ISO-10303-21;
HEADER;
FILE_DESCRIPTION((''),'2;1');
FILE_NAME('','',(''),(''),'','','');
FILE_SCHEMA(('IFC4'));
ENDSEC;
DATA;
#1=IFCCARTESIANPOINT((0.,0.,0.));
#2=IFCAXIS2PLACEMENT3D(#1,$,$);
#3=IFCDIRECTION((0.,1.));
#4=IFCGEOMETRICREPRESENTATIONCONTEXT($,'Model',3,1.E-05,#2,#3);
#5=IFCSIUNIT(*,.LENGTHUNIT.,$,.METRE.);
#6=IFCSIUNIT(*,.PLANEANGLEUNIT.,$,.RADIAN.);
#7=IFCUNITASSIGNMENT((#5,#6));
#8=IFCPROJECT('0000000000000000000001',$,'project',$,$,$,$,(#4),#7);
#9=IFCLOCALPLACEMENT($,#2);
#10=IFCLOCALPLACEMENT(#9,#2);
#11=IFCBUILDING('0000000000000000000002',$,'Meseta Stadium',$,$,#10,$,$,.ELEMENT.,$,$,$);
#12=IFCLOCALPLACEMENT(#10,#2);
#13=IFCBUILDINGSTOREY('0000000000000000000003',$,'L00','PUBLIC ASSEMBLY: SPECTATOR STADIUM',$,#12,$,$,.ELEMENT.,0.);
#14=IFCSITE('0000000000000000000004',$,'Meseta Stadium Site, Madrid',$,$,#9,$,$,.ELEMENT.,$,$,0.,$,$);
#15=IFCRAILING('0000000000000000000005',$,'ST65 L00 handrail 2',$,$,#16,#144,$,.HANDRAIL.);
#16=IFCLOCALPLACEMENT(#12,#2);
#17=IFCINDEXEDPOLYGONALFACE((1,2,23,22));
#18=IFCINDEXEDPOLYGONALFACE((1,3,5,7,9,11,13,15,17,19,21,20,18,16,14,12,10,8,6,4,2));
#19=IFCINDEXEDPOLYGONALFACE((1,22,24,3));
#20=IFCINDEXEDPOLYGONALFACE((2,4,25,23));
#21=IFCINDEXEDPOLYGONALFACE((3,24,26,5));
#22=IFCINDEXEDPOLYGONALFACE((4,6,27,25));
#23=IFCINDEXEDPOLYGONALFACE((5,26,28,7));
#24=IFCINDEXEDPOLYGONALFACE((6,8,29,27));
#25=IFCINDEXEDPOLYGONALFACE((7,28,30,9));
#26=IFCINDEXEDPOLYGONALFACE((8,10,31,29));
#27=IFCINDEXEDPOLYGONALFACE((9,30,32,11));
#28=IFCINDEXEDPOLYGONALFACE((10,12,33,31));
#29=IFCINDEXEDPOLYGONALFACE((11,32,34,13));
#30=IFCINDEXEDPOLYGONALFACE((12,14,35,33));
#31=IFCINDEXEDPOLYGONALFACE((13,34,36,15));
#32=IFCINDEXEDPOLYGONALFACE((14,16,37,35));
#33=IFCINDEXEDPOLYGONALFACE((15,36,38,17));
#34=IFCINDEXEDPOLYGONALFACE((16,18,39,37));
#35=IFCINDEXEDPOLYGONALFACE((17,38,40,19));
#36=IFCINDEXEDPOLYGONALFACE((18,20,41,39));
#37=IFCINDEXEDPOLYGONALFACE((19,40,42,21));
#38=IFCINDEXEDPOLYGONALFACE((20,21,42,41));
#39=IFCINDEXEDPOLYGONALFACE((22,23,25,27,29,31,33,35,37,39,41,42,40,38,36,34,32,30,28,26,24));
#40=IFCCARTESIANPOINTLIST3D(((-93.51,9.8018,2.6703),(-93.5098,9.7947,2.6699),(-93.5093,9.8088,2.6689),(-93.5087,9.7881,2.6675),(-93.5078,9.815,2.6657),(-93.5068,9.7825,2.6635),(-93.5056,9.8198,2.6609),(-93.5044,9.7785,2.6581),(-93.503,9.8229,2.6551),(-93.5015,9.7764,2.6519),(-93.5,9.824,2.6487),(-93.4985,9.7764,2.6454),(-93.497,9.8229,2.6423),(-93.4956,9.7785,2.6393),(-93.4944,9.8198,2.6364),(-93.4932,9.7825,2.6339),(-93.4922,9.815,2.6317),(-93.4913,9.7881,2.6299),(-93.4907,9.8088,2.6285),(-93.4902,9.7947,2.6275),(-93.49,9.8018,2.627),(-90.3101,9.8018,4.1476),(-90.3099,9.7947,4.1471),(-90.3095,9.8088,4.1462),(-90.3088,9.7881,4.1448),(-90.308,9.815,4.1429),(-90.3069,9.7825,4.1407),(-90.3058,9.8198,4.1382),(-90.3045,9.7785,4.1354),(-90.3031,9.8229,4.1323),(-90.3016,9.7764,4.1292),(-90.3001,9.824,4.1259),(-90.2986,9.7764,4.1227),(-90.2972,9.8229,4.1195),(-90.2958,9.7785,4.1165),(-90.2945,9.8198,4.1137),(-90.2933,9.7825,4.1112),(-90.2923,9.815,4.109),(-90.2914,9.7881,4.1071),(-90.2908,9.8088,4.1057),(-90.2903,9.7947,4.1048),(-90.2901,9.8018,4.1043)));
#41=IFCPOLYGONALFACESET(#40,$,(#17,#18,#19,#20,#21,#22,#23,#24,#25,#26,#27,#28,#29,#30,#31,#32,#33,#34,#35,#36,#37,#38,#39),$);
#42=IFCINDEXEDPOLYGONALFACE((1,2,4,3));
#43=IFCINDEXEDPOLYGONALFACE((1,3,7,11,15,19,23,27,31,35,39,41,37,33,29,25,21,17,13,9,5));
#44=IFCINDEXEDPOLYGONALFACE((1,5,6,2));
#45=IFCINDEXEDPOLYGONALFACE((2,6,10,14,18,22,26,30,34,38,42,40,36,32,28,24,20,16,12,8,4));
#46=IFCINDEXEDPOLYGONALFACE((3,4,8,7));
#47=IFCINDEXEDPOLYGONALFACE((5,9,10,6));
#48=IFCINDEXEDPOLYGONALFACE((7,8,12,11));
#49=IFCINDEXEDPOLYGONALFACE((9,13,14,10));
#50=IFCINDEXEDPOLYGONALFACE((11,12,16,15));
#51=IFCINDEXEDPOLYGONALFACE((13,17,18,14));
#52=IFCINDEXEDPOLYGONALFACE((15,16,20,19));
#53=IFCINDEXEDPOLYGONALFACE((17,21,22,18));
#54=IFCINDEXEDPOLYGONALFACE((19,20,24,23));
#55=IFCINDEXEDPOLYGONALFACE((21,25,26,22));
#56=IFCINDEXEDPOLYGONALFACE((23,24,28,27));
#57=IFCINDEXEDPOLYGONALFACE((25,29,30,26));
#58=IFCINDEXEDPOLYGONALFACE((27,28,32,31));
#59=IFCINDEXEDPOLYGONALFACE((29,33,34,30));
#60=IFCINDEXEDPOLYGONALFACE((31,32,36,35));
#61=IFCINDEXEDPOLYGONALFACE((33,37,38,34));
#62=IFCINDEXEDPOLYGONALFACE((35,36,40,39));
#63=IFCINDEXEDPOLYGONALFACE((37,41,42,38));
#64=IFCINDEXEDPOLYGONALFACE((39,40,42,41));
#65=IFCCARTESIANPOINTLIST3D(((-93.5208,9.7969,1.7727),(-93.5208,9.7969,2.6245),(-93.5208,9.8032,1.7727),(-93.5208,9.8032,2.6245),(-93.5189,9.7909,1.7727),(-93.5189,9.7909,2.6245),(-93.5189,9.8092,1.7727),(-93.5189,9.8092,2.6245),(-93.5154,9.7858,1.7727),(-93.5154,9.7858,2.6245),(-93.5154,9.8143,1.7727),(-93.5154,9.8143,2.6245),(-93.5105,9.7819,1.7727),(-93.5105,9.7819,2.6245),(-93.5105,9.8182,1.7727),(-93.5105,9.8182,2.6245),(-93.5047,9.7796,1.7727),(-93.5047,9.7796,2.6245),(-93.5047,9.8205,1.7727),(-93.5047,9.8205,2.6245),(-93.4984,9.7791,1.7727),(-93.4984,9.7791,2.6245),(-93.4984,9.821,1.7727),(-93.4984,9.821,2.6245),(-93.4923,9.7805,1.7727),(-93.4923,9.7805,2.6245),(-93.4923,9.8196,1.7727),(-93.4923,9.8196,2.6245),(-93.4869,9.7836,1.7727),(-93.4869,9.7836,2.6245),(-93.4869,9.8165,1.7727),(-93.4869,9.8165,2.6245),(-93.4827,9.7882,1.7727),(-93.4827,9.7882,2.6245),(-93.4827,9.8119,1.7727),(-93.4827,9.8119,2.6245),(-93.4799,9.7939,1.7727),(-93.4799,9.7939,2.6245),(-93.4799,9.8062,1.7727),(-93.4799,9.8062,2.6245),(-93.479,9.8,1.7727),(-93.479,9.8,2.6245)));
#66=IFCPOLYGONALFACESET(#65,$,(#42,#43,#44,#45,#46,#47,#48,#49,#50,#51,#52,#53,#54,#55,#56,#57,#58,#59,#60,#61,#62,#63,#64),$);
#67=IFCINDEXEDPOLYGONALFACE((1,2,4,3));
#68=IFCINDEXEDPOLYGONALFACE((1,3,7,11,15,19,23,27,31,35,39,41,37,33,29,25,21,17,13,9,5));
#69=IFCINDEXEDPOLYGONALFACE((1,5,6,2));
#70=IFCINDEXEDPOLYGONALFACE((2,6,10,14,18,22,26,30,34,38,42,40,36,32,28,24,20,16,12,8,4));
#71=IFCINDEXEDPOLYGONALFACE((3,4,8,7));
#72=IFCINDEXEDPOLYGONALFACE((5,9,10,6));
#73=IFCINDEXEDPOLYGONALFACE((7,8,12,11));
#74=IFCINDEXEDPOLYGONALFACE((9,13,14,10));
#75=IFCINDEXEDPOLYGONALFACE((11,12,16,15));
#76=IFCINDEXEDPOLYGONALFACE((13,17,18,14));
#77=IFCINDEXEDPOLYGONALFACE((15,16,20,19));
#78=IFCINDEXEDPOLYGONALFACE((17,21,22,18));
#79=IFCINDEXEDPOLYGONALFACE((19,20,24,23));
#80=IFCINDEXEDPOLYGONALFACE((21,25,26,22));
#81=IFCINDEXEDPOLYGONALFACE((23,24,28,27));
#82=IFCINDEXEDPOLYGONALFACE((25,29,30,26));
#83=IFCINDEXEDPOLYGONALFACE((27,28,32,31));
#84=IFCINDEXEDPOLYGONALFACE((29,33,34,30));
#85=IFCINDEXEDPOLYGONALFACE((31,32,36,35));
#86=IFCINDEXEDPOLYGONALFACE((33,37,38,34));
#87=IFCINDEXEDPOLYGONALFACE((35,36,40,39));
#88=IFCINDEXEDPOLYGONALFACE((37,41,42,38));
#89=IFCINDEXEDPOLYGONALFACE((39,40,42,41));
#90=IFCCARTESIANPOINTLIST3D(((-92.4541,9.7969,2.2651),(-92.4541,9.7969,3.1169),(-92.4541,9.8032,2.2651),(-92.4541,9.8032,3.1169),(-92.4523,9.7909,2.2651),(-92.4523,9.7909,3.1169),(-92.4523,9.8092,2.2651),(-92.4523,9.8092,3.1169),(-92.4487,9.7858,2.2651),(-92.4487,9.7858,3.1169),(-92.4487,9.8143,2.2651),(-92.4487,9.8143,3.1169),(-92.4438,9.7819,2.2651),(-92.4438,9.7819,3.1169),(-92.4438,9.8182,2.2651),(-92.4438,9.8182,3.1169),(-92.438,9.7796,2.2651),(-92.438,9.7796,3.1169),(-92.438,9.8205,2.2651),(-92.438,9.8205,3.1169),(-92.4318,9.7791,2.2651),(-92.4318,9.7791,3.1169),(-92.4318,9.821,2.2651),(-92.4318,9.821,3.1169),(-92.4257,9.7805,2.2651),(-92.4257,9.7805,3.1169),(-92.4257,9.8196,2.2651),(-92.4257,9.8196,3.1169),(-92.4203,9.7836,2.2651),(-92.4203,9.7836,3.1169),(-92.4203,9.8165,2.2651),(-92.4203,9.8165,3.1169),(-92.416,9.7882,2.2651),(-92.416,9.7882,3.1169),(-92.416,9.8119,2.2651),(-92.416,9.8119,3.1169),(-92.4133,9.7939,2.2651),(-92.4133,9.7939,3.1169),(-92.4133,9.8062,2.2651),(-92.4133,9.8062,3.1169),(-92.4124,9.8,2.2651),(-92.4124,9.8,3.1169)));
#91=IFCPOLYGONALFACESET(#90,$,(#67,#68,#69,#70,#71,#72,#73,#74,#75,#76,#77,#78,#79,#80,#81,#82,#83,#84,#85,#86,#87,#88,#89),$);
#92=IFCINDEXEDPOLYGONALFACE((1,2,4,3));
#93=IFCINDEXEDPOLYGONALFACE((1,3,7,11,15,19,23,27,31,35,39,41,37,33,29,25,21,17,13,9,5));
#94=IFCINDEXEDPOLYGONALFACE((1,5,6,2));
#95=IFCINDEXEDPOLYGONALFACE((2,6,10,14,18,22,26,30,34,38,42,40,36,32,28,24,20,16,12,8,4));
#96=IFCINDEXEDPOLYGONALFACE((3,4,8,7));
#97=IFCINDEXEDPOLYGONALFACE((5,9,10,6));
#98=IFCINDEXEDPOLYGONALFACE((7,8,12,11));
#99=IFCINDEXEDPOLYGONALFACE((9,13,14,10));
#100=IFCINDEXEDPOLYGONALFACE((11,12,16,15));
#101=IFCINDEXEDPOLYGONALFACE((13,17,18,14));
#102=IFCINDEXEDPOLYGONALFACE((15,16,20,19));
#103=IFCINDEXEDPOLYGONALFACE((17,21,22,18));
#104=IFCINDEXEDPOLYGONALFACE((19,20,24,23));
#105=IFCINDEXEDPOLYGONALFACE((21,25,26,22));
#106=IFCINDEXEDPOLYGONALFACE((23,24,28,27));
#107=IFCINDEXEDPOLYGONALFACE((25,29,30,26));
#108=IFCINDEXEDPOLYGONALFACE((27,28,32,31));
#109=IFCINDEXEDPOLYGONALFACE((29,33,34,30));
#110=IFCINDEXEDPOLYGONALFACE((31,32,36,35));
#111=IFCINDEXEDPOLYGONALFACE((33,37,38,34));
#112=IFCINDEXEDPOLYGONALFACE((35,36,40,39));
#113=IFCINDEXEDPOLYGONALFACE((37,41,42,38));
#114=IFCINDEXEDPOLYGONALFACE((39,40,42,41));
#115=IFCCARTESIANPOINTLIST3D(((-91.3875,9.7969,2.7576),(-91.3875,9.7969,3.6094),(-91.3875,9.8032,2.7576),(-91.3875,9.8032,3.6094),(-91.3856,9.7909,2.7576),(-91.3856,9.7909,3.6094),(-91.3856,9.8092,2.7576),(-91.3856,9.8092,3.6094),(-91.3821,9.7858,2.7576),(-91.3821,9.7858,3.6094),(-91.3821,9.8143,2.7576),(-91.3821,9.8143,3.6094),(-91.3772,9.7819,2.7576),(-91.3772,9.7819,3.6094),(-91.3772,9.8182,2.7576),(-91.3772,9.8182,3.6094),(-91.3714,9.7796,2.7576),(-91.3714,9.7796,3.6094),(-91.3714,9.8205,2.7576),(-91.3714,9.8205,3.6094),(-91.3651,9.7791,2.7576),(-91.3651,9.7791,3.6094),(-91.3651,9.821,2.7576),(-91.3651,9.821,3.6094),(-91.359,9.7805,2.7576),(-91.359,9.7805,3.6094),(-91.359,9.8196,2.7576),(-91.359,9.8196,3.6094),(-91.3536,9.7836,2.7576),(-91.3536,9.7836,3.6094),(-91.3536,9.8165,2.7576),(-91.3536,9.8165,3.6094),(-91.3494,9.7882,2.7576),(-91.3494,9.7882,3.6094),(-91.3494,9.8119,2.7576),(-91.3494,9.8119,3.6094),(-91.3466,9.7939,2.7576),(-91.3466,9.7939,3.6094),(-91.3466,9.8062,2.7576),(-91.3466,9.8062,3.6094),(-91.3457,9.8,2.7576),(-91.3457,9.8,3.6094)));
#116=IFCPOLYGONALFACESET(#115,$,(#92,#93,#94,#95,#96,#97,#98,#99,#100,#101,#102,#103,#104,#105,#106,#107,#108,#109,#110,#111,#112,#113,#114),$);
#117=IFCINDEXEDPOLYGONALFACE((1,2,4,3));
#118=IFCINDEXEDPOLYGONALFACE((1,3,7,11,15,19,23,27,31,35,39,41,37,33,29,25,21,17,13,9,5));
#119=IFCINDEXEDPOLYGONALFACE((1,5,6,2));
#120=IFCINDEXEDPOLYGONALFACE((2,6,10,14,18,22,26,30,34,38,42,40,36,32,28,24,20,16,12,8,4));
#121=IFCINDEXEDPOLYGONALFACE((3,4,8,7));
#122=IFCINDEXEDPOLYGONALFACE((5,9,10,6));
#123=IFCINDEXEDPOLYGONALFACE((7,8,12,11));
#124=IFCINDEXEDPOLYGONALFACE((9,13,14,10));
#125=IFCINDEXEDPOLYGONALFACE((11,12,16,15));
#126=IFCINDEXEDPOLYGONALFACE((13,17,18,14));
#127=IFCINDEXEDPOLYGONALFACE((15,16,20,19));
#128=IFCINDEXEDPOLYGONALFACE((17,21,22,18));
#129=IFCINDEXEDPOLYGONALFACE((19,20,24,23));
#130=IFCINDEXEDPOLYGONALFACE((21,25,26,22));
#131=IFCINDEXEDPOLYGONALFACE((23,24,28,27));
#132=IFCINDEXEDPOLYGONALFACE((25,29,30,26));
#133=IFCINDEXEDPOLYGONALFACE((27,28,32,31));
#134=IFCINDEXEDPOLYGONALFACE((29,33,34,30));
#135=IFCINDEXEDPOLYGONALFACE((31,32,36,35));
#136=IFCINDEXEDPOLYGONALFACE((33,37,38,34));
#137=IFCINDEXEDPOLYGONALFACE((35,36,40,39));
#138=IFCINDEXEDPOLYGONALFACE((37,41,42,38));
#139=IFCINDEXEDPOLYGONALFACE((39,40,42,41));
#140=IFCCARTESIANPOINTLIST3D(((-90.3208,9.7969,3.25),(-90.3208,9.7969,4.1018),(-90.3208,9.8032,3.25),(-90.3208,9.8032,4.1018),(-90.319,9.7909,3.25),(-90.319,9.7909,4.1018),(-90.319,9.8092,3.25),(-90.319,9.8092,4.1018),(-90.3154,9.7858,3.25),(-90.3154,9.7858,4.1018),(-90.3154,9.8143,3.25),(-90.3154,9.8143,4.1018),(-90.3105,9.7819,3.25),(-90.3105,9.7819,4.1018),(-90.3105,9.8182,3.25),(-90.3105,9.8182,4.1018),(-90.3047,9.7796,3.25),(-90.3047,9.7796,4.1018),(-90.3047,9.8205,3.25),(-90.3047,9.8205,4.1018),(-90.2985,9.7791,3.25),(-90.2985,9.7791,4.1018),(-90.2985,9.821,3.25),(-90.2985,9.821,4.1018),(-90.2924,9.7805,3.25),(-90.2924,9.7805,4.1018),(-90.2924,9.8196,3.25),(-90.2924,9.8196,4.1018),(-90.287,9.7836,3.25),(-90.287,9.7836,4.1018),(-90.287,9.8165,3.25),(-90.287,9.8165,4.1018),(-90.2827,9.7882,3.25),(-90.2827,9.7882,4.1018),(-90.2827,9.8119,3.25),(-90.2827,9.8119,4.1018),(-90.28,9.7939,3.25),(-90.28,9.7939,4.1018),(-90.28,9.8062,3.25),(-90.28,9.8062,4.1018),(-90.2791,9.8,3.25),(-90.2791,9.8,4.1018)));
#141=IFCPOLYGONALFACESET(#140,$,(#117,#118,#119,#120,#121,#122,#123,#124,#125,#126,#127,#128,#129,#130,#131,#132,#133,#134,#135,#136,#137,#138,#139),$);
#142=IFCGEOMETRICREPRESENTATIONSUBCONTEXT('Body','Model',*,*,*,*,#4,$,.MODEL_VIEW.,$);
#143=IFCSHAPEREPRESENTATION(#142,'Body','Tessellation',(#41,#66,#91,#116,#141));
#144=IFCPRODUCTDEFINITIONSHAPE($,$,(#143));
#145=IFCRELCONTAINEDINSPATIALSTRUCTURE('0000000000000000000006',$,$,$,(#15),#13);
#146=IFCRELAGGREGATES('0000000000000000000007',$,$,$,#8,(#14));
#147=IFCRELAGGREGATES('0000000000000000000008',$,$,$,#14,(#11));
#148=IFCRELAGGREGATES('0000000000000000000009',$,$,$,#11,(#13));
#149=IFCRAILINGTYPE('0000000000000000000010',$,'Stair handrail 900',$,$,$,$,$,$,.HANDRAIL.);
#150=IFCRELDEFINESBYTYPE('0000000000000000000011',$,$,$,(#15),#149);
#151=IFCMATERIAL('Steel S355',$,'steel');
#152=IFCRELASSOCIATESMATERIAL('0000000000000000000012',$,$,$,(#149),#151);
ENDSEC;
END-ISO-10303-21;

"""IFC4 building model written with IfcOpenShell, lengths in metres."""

from ifc_helpers import new_model, si_unit, direction, frame, origin, origin_2d, place, context, subcontext, project, spatial, circle, extrude, material, type_object, element, save


model = new_model("IFC4")

# Units and contexts
model_context = context("Model", 3, precision=1e-05, world=origin(), true_north=direction((0.0, 1.0)))
body_context = subcontext(model_context, "Body", "Model", "MODEL_VIEW")
ifc_project = project(units=[si_unit("LENGTHUNIT", "METRE"), si_unit("PLANEANGLEUNIT", "RADIAN")], contexts=[model_context])

# Site, building, storey
site_placement = place(None, origin())
site = spatial("IfcSite", under=ifc_project, at=site_placement, Name="Meseta Stadium Site, Madrid", CompositionType="ELEMENT", RefElevation=0.0)
building_placement = place(site_placement, origin())
building = spatial("IfcBuilding", under=site, at=building_placement, Name="Meseta Stadium", CompositionType="ELEMENT")
storey_placement = place(building_placement, origin())
storey = spatial("IfcBuildingStorey", under=building, at=storey_placement, Name="L00", Description="PUBLIC ASSEMBLY: SPECTATOR STADIUM", CompositionType="ELEMENT", Elevation=0.0)

# Railing
ifc_material_1 = material(Name="Steel S355", Category="steel")
railing_type_1 = type_object("IfcRailingType", Name="Stair handrail 900", PredefinedType="HANDRAIL", material=ifc_material_1)
for number, where, name in (
    (1, (-93.5, 9.8, 1.7727), "ST65 L00 handrail 2"),
):
    element("IfcRailing", number, at=place(storey_placement, frame(where)), inside=storey, type_object=railing_type_1, Name=name, PredefinedType="HANDRAIL", context=body_context, shape_type="SweptSolid", body=[
        extrude(circle(Radius=0.0239, at=origin_2d()), frame((0.0, 0.0, 0.876), z_axis=(0.907917, 0.0, 0.41915), x_axis=(0.0, 1.0, 0.0)), (0.0, 0.0, 1.0), 3.5244),
        extrude(circle(Radius=0.021, at=origin_2d()), origin(), (0.0, 0.0, 1.0), 0.8518),
        extrude(circle(Radius=0.021, at=origin_2d()), frame((1.0667, 0.0, 0.4924)), (0.0, 0.0, 1.0), 0.8518),
        extrude(circle(Radius=0.021, at=origin_2d()), frame((2.1333, 0.0, 0.9849)), (0.0, 0.0, 1.0), 0.8518),
        extrude(circle(Radius=0.021, at=origin_2d()), frame((3.2, 0.0, 1.4773)), (0.0, 0.0, 1.0), 0.8518),
    ])

save(model, "model.ifc")
